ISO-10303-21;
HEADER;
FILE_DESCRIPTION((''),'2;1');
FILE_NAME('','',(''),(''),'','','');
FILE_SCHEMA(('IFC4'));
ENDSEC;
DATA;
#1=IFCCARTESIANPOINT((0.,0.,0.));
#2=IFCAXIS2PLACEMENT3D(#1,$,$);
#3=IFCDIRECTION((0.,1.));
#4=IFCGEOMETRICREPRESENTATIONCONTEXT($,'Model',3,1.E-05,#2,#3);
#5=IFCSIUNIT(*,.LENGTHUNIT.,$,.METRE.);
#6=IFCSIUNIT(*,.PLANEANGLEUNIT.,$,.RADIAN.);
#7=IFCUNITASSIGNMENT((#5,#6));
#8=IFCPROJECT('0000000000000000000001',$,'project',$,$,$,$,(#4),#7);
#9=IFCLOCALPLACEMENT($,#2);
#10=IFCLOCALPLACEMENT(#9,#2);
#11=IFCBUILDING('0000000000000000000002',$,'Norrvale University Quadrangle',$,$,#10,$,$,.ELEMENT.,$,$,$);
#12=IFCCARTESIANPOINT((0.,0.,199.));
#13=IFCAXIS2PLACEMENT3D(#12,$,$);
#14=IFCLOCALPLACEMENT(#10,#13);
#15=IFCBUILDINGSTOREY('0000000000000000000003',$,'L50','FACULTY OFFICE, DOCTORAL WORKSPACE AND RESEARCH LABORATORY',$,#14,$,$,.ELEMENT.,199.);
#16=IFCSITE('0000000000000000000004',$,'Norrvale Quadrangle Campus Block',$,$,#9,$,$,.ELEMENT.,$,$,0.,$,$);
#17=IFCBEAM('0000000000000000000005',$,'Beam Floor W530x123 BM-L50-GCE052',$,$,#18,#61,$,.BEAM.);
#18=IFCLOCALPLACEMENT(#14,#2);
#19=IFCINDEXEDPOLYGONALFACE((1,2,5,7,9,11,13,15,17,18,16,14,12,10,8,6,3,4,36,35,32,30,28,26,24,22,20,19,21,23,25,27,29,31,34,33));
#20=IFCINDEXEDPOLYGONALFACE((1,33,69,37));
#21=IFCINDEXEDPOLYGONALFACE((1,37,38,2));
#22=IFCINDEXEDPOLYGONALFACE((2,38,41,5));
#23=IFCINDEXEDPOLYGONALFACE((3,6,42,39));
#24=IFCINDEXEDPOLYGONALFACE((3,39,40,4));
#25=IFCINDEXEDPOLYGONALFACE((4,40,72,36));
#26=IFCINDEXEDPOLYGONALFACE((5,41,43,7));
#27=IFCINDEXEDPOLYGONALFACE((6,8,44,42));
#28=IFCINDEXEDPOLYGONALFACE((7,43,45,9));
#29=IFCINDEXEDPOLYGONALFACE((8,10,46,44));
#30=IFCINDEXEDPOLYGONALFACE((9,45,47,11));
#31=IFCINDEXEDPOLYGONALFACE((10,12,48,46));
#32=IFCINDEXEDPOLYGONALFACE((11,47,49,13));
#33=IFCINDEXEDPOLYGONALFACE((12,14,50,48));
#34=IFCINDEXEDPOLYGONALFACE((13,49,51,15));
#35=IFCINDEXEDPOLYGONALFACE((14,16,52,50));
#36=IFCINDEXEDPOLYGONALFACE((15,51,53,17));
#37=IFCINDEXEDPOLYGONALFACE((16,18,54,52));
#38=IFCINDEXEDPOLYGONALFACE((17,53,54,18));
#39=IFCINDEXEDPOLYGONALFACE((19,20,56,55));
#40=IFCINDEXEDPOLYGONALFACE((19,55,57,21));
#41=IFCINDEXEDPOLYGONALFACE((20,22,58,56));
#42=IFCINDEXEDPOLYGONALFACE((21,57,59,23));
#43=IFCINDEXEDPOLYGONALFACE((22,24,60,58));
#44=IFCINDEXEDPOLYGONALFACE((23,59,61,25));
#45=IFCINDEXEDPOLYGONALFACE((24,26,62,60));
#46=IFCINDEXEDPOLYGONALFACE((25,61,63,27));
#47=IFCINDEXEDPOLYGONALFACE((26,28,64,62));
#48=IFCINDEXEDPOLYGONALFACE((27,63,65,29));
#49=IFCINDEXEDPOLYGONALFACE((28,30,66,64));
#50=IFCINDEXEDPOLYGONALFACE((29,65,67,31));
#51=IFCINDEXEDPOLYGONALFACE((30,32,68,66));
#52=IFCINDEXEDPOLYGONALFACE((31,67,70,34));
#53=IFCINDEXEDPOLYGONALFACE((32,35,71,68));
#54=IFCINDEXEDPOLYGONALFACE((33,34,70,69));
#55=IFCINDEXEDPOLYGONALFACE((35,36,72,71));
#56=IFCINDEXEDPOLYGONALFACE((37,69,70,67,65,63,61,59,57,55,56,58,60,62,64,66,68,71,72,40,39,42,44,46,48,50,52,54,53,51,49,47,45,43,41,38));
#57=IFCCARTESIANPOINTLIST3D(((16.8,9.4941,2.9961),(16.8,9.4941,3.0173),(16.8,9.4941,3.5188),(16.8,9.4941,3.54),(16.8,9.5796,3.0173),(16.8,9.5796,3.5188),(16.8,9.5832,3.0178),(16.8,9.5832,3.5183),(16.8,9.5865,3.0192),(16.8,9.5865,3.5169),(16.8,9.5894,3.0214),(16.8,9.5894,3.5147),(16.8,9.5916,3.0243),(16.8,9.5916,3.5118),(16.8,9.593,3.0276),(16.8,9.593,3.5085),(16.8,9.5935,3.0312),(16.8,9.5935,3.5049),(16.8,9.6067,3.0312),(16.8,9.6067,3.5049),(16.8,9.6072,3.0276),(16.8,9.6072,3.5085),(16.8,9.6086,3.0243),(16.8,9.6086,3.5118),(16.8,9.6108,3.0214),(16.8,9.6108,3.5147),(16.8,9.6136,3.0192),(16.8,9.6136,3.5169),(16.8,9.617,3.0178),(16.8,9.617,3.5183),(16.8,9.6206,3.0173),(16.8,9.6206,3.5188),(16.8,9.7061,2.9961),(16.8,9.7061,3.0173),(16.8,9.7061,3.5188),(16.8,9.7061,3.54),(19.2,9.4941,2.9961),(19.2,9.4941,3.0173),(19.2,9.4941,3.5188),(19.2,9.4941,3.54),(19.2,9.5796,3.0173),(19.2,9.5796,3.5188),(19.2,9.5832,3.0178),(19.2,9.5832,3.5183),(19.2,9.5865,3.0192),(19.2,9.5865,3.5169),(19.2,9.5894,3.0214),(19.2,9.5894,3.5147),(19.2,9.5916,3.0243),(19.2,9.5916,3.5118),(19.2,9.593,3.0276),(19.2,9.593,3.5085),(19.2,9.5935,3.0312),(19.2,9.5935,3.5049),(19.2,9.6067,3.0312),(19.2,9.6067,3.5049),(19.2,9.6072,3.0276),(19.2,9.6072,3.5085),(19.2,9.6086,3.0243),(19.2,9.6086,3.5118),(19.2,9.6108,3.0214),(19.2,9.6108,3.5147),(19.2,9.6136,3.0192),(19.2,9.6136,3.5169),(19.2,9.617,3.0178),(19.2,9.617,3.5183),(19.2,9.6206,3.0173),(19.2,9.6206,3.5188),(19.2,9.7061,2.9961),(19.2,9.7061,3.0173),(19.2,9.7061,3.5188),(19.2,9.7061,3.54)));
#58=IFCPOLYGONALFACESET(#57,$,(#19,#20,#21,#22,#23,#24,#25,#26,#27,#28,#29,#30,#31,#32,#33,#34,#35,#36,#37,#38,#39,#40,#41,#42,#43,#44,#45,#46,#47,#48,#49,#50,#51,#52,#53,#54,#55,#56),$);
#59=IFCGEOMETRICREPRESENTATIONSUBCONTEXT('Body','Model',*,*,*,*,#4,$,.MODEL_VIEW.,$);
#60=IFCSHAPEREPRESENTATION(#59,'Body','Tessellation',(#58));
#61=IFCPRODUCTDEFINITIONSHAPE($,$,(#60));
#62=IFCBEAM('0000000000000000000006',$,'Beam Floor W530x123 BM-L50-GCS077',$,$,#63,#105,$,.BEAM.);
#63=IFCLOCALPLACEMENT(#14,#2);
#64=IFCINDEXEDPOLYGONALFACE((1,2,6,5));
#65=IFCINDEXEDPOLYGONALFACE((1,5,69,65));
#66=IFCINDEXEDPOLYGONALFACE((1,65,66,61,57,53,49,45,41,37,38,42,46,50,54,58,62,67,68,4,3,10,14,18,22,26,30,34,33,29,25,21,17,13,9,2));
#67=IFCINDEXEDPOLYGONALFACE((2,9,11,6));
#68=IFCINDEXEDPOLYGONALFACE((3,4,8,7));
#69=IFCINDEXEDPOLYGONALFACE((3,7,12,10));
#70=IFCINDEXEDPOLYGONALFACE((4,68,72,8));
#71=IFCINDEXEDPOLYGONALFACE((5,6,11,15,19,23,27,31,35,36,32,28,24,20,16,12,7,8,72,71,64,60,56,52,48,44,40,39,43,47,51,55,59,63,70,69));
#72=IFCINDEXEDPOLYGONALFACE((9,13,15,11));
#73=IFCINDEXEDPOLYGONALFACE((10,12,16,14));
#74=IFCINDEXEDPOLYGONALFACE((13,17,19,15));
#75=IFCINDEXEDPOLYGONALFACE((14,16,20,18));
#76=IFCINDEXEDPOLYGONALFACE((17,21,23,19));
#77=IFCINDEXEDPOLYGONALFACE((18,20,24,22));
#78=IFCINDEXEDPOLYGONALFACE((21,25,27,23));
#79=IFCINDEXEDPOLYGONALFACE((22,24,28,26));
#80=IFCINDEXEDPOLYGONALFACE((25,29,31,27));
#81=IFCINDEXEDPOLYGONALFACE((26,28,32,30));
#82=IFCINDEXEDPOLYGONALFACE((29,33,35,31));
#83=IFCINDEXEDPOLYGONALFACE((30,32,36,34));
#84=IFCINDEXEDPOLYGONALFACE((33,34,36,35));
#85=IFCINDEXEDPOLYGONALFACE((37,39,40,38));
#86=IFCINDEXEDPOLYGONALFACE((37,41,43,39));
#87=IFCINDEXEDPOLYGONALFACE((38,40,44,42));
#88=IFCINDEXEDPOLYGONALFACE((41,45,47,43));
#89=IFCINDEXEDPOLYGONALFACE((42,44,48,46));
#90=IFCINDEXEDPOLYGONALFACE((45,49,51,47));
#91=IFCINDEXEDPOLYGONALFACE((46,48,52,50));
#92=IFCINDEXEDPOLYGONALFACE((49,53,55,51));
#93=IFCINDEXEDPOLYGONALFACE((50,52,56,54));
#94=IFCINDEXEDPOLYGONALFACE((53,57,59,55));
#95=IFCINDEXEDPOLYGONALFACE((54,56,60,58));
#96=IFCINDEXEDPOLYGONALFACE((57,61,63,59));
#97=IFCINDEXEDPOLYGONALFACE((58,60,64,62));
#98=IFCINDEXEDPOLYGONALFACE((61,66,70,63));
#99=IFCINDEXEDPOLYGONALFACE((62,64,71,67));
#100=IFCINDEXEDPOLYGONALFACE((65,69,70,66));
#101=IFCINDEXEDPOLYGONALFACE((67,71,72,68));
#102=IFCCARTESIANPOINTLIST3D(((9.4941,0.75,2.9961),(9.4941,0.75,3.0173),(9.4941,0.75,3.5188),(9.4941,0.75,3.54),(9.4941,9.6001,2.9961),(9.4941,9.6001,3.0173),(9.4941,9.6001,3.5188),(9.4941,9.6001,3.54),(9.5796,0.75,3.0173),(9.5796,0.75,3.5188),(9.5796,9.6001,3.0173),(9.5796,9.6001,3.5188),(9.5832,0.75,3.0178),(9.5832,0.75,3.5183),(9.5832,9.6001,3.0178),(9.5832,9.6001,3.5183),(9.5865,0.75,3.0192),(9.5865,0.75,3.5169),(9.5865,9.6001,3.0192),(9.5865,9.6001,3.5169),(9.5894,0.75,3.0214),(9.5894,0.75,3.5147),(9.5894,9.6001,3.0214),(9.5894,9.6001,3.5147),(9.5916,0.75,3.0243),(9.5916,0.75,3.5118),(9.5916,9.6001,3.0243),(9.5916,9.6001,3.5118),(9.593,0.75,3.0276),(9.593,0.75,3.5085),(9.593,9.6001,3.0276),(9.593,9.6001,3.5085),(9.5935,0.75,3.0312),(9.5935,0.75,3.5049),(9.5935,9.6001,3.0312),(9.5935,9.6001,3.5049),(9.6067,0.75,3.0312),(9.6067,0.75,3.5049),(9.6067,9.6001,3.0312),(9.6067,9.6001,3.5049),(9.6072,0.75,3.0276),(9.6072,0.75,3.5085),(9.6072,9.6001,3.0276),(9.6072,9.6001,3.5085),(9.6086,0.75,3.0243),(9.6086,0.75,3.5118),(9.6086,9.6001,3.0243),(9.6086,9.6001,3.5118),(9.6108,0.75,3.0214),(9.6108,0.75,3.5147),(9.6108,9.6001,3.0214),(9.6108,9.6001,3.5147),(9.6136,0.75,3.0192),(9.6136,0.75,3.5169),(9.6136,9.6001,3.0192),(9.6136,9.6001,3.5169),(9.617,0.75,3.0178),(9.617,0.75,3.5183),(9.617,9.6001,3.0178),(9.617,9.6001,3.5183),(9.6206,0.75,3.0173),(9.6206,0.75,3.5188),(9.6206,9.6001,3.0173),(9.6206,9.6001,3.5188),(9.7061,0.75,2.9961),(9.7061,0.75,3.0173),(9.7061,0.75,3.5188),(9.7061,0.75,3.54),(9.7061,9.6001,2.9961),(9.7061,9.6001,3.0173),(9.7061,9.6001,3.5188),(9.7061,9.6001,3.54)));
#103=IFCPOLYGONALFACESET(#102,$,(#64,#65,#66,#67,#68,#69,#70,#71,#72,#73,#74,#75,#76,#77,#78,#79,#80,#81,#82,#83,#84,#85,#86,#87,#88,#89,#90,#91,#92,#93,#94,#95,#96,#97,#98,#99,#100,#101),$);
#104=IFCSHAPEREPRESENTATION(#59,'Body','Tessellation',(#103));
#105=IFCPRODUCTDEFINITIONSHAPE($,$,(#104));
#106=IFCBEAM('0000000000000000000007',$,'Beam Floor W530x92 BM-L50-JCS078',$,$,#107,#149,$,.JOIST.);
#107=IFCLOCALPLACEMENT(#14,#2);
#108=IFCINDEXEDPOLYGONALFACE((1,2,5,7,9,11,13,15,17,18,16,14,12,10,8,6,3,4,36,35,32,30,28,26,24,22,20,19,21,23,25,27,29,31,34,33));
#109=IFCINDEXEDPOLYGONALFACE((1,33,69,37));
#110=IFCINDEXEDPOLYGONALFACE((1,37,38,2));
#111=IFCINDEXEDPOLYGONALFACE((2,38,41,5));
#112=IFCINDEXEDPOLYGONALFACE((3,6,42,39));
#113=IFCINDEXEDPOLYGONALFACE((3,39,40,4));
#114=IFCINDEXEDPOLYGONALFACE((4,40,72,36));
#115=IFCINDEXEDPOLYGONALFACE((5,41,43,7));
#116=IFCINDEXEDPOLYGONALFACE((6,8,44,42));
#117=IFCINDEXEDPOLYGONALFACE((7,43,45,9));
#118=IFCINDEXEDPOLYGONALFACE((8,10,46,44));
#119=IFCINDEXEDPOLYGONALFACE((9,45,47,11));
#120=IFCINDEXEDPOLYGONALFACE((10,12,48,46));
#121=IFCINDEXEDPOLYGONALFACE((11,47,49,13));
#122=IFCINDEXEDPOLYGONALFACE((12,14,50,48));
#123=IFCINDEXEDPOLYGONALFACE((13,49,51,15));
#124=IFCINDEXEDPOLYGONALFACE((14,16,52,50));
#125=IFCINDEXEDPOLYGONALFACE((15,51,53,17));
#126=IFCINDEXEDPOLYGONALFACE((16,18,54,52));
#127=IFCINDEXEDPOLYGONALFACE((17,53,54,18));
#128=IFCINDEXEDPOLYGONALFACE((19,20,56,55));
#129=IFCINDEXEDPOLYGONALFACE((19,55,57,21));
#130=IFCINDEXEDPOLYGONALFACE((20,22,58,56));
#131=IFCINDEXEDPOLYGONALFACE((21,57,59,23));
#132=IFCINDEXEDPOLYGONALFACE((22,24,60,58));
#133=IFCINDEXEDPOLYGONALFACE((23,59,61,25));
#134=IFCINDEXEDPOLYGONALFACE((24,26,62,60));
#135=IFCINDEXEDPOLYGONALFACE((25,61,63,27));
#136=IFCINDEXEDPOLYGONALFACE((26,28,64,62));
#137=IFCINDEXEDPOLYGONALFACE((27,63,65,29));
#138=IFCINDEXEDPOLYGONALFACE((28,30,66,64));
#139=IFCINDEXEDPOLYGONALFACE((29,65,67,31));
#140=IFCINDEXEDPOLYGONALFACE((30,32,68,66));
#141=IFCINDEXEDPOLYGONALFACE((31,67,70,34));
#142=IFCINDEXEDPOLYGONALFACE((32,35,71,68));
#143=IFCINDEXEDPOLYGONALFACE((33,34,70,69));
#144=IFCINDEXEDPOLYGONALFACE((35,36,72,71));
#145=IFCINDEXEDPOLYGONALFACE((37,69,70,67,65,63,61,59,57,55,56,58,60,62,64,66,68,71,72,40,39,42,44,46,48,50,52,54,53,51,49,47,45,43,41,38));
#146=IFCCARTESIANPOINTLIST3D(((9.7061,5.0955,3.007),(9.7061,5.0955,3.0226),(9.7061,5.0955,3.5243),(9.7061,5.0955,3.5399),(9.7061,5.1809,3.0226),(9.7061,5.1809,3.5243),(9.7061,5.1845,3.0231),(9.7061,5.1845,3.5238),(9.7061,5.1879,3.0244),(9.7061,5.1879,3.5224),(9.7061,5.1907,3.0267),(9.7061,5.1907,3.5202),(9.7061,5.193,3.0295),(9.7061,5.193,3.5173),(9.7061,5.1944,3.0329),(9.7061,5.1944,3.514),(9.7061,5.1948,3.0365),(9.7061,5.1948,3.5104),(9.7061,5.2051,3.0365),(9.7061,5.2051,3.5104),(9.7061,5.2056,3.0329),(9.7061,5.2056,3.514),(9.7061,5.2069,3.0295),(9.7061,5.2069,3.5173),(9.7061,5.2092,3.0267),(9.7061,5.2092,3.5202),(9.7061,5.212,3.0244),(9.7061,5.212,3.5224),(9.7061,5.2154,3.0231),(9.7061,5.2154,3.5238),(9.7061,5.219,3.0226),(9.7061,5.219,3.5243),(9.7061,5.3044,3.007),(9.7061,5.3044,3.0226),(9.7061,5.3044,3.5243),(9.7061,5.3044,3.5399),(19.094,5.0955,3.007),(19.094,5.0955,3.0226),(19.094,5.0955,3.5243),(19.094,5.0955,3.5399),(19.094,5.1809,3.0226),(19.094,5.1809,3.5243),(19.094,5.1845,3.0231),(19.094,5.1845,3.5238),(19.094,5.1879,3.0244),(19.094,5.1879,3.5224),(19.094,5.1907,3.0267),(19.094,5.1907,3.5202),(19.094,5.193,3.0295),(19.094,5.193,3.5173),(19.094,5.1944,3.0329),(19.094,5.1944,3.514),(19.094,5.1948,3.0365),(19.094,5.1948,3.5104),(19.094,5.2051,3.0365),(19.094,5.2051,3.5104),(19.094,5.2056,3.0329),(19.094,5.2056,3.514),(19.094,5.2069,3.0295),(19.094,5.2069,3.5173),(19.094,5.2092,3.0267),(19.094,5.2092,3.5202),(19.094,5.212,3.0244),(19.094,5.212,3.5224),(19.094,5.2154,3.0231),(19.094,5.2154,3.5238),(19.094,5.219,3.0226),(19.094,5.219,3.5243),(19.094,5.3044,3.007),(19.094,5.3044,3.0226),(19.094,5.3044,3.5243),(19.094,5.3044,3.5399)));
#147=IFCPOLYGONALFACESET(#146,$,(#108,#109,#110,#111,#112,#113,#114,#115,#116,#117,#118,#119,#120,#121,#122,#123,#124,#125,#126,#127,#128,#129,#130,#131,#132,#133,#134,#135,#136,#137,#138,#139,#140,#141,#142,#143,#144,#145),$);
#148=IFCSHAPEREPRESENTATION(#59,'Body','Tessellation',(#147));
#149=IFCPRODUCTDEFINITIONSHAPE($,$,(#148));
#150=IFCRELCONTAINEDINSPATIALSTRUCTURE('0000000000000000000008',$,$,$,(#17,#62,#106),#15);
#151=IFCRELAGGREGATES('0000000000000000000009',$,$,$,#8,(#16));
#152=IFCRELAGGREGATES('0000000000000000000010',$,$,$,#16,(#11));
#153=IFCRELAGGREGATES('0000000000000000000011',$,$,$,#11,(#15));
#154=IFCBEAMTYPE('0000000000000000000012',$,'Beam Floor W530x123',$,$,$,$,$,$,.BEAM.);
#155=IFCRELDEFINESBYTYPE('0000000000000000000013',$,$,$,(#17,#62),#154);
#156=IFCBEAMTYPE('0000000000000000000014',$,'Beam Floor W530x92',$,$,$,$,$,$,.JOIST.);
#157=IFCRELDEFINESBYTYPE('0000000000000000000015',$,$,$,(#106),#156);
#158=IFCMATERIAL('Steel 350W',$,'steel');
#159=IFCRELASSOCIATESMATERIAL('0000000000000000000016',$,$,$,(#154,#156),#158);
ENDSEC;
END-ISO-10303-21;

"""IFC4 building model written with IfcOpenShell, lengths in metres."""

from ifc_helpers import new_model, si_unit, direction, frame, origin, origin_2d, place, context, subcontext, project, spatial, i_section, extrude, material, material_profile, profile_set, type_object, element, save


model = new_model("IFC4")

# Units and contexts
model_context = context("Model", 3, precision=1e-05, world=origin(), true_north=direction((0.0, 1.0)))
body_context = subcontext(model_context, "Body", "Model", "MODEL_VIEW")
ifc_project = project(units=[si_unit("LENGTHUNIT", "METRE"), si_unit("PLANEANGLEUNIT", "RADIAN")], contexts=[model_context])

# Site, building, storey
site_placement = place(None, origin())
site = spatial("IfcSite", under=ifc_project, at=site_placement, Name="Norrvale Quadrangle Campus Block", CompositionType="ELEMENT", RefElevation=0.0)
building_placement = place(site_placement, origin())
building = spatial("IfcBuilding", under=site, at=building_placement, Name="Norrvale University Quadrangle", CompositionType="ELEMENT")
storey_placement = place(building_placement, frame((0.0, 0.0, 199.0)))
storey = spatial("IfcBuildingStorey", under=building, at=storey_placement, Name="L50", Description="FACULTY OFFICE, DOCTORAL WORKSPACE AND RESEARCH LABORATORY", CompositionType="ELEMENT", Elevation=199.0)

# Beams
ifc_material_1 = material(Name="Steel 350W", Category="steel")
ifc_material_profile_1 = material_profile(ifc_material_1, i_section(OverallWidth=0.2119, OverallDepth=0.5439, WebThickness=0.0132, FlangeThickness=0.0212, FilletRadius=0.0139, at=origin_2d()), Name="Steel 350W")
ifc_profile_set_1 = profile_set([ifc_material_profile_1], Name="Steel 350W")
beam_type_1 = type_object("IfcBeamType", Name="Beam Floor W530x123", PredefinedType="BEAM", material=ifc_profile_set_1)
beam_1_placement = place(storey_placement, frame((16.8, 9.6001, 3.2681), z_axis=(1.0, 0.0, 0.0), x_axis=(0.0, 1.0, 0.0)))
element("IfcBeam", 1, at=beam_1_placement, inside=storey, type_object=beam_type_1, Name="Beam Floor W530x123 BM-L50-GCE052", PredefinedType="BEAM", context=body_context, shape_type="SweptSolid", body=[
    extrude(i_section(OverallWidth=0.2119, OverallDepth=0.5439, WebThickness=0.0132, FlangeThickness=0.0212, FilletRadius=0.0139, at=origin_2d()), origin(), (0.0, 0.0, 1.0), 2.3999),
])
beam_2_placement = place(storey_placement, frame((9.6001, 0.75, 3.2681), z_axis=(0.0, 1.0, 0.0), x_axis=(-1.0, 0.0, 0.0)))
element("IfcBeam", 2, at=beam_2_placement, inside=storey, type_object=beam_type_1, Name="Beam Floor W530x123 BM-L50-GCS077", PredefinedType="BEAM", context=body_context, shape_type="SweptSolid", body=[
    extrude(i_section(OverallWidth=0.2119, OverallDepth=0.5439, WebThickness=0.0132, FlangeThickness=0.0212, FilletRadius=0.0139, at=origin_2d()), origin(), (0.0, 0.0, 1.0), 8.8501),
])
ifc_material_profile_2 = material_profile(ifc_material_1, i_section(OverallWidth=0.209, OverallDepth=0.533, WebThickness=0.0103, FlangeThickness=0.0156, FilletRadius=0.0139, at=origin_2d()), Name="Steel 350W")
ifc_profile_set_2 = profile_set([ifc_material_profile_2], Name="Steel 350W")
beam_type_2 = type_object("IfcBeamType", Name="Beam Floor W530x92", PredefinedType="JOIST", material=ifc_profile_set_2)
beam_3_placement = place(storey_placement, frame((9.7061, 5.2, 3.2734), z_axis=(1.0, 0.0, 0.0), x_axis=(0.0, 1.0, 0.0)))
element("IfcBeam", 3, at=beam_3_placement, inside=storey, type_object=beam_type_2, Name="Beam Floor W530x92 BM-L50-JCS078", PredefinedType="JOIST", context=body_context, shape_type="SweptSolid", body=[
    extrude(i_section(OverallWidth=0.209, OverallDepth=0.533, WebThickness=0.0103, FlangeThickness=0.0156, FilletRadius=0.0139, at=origin_2d()), origin(), (0.0, 0.0, 1.0), 9.3879),
])

save(model, "model.ifc")
